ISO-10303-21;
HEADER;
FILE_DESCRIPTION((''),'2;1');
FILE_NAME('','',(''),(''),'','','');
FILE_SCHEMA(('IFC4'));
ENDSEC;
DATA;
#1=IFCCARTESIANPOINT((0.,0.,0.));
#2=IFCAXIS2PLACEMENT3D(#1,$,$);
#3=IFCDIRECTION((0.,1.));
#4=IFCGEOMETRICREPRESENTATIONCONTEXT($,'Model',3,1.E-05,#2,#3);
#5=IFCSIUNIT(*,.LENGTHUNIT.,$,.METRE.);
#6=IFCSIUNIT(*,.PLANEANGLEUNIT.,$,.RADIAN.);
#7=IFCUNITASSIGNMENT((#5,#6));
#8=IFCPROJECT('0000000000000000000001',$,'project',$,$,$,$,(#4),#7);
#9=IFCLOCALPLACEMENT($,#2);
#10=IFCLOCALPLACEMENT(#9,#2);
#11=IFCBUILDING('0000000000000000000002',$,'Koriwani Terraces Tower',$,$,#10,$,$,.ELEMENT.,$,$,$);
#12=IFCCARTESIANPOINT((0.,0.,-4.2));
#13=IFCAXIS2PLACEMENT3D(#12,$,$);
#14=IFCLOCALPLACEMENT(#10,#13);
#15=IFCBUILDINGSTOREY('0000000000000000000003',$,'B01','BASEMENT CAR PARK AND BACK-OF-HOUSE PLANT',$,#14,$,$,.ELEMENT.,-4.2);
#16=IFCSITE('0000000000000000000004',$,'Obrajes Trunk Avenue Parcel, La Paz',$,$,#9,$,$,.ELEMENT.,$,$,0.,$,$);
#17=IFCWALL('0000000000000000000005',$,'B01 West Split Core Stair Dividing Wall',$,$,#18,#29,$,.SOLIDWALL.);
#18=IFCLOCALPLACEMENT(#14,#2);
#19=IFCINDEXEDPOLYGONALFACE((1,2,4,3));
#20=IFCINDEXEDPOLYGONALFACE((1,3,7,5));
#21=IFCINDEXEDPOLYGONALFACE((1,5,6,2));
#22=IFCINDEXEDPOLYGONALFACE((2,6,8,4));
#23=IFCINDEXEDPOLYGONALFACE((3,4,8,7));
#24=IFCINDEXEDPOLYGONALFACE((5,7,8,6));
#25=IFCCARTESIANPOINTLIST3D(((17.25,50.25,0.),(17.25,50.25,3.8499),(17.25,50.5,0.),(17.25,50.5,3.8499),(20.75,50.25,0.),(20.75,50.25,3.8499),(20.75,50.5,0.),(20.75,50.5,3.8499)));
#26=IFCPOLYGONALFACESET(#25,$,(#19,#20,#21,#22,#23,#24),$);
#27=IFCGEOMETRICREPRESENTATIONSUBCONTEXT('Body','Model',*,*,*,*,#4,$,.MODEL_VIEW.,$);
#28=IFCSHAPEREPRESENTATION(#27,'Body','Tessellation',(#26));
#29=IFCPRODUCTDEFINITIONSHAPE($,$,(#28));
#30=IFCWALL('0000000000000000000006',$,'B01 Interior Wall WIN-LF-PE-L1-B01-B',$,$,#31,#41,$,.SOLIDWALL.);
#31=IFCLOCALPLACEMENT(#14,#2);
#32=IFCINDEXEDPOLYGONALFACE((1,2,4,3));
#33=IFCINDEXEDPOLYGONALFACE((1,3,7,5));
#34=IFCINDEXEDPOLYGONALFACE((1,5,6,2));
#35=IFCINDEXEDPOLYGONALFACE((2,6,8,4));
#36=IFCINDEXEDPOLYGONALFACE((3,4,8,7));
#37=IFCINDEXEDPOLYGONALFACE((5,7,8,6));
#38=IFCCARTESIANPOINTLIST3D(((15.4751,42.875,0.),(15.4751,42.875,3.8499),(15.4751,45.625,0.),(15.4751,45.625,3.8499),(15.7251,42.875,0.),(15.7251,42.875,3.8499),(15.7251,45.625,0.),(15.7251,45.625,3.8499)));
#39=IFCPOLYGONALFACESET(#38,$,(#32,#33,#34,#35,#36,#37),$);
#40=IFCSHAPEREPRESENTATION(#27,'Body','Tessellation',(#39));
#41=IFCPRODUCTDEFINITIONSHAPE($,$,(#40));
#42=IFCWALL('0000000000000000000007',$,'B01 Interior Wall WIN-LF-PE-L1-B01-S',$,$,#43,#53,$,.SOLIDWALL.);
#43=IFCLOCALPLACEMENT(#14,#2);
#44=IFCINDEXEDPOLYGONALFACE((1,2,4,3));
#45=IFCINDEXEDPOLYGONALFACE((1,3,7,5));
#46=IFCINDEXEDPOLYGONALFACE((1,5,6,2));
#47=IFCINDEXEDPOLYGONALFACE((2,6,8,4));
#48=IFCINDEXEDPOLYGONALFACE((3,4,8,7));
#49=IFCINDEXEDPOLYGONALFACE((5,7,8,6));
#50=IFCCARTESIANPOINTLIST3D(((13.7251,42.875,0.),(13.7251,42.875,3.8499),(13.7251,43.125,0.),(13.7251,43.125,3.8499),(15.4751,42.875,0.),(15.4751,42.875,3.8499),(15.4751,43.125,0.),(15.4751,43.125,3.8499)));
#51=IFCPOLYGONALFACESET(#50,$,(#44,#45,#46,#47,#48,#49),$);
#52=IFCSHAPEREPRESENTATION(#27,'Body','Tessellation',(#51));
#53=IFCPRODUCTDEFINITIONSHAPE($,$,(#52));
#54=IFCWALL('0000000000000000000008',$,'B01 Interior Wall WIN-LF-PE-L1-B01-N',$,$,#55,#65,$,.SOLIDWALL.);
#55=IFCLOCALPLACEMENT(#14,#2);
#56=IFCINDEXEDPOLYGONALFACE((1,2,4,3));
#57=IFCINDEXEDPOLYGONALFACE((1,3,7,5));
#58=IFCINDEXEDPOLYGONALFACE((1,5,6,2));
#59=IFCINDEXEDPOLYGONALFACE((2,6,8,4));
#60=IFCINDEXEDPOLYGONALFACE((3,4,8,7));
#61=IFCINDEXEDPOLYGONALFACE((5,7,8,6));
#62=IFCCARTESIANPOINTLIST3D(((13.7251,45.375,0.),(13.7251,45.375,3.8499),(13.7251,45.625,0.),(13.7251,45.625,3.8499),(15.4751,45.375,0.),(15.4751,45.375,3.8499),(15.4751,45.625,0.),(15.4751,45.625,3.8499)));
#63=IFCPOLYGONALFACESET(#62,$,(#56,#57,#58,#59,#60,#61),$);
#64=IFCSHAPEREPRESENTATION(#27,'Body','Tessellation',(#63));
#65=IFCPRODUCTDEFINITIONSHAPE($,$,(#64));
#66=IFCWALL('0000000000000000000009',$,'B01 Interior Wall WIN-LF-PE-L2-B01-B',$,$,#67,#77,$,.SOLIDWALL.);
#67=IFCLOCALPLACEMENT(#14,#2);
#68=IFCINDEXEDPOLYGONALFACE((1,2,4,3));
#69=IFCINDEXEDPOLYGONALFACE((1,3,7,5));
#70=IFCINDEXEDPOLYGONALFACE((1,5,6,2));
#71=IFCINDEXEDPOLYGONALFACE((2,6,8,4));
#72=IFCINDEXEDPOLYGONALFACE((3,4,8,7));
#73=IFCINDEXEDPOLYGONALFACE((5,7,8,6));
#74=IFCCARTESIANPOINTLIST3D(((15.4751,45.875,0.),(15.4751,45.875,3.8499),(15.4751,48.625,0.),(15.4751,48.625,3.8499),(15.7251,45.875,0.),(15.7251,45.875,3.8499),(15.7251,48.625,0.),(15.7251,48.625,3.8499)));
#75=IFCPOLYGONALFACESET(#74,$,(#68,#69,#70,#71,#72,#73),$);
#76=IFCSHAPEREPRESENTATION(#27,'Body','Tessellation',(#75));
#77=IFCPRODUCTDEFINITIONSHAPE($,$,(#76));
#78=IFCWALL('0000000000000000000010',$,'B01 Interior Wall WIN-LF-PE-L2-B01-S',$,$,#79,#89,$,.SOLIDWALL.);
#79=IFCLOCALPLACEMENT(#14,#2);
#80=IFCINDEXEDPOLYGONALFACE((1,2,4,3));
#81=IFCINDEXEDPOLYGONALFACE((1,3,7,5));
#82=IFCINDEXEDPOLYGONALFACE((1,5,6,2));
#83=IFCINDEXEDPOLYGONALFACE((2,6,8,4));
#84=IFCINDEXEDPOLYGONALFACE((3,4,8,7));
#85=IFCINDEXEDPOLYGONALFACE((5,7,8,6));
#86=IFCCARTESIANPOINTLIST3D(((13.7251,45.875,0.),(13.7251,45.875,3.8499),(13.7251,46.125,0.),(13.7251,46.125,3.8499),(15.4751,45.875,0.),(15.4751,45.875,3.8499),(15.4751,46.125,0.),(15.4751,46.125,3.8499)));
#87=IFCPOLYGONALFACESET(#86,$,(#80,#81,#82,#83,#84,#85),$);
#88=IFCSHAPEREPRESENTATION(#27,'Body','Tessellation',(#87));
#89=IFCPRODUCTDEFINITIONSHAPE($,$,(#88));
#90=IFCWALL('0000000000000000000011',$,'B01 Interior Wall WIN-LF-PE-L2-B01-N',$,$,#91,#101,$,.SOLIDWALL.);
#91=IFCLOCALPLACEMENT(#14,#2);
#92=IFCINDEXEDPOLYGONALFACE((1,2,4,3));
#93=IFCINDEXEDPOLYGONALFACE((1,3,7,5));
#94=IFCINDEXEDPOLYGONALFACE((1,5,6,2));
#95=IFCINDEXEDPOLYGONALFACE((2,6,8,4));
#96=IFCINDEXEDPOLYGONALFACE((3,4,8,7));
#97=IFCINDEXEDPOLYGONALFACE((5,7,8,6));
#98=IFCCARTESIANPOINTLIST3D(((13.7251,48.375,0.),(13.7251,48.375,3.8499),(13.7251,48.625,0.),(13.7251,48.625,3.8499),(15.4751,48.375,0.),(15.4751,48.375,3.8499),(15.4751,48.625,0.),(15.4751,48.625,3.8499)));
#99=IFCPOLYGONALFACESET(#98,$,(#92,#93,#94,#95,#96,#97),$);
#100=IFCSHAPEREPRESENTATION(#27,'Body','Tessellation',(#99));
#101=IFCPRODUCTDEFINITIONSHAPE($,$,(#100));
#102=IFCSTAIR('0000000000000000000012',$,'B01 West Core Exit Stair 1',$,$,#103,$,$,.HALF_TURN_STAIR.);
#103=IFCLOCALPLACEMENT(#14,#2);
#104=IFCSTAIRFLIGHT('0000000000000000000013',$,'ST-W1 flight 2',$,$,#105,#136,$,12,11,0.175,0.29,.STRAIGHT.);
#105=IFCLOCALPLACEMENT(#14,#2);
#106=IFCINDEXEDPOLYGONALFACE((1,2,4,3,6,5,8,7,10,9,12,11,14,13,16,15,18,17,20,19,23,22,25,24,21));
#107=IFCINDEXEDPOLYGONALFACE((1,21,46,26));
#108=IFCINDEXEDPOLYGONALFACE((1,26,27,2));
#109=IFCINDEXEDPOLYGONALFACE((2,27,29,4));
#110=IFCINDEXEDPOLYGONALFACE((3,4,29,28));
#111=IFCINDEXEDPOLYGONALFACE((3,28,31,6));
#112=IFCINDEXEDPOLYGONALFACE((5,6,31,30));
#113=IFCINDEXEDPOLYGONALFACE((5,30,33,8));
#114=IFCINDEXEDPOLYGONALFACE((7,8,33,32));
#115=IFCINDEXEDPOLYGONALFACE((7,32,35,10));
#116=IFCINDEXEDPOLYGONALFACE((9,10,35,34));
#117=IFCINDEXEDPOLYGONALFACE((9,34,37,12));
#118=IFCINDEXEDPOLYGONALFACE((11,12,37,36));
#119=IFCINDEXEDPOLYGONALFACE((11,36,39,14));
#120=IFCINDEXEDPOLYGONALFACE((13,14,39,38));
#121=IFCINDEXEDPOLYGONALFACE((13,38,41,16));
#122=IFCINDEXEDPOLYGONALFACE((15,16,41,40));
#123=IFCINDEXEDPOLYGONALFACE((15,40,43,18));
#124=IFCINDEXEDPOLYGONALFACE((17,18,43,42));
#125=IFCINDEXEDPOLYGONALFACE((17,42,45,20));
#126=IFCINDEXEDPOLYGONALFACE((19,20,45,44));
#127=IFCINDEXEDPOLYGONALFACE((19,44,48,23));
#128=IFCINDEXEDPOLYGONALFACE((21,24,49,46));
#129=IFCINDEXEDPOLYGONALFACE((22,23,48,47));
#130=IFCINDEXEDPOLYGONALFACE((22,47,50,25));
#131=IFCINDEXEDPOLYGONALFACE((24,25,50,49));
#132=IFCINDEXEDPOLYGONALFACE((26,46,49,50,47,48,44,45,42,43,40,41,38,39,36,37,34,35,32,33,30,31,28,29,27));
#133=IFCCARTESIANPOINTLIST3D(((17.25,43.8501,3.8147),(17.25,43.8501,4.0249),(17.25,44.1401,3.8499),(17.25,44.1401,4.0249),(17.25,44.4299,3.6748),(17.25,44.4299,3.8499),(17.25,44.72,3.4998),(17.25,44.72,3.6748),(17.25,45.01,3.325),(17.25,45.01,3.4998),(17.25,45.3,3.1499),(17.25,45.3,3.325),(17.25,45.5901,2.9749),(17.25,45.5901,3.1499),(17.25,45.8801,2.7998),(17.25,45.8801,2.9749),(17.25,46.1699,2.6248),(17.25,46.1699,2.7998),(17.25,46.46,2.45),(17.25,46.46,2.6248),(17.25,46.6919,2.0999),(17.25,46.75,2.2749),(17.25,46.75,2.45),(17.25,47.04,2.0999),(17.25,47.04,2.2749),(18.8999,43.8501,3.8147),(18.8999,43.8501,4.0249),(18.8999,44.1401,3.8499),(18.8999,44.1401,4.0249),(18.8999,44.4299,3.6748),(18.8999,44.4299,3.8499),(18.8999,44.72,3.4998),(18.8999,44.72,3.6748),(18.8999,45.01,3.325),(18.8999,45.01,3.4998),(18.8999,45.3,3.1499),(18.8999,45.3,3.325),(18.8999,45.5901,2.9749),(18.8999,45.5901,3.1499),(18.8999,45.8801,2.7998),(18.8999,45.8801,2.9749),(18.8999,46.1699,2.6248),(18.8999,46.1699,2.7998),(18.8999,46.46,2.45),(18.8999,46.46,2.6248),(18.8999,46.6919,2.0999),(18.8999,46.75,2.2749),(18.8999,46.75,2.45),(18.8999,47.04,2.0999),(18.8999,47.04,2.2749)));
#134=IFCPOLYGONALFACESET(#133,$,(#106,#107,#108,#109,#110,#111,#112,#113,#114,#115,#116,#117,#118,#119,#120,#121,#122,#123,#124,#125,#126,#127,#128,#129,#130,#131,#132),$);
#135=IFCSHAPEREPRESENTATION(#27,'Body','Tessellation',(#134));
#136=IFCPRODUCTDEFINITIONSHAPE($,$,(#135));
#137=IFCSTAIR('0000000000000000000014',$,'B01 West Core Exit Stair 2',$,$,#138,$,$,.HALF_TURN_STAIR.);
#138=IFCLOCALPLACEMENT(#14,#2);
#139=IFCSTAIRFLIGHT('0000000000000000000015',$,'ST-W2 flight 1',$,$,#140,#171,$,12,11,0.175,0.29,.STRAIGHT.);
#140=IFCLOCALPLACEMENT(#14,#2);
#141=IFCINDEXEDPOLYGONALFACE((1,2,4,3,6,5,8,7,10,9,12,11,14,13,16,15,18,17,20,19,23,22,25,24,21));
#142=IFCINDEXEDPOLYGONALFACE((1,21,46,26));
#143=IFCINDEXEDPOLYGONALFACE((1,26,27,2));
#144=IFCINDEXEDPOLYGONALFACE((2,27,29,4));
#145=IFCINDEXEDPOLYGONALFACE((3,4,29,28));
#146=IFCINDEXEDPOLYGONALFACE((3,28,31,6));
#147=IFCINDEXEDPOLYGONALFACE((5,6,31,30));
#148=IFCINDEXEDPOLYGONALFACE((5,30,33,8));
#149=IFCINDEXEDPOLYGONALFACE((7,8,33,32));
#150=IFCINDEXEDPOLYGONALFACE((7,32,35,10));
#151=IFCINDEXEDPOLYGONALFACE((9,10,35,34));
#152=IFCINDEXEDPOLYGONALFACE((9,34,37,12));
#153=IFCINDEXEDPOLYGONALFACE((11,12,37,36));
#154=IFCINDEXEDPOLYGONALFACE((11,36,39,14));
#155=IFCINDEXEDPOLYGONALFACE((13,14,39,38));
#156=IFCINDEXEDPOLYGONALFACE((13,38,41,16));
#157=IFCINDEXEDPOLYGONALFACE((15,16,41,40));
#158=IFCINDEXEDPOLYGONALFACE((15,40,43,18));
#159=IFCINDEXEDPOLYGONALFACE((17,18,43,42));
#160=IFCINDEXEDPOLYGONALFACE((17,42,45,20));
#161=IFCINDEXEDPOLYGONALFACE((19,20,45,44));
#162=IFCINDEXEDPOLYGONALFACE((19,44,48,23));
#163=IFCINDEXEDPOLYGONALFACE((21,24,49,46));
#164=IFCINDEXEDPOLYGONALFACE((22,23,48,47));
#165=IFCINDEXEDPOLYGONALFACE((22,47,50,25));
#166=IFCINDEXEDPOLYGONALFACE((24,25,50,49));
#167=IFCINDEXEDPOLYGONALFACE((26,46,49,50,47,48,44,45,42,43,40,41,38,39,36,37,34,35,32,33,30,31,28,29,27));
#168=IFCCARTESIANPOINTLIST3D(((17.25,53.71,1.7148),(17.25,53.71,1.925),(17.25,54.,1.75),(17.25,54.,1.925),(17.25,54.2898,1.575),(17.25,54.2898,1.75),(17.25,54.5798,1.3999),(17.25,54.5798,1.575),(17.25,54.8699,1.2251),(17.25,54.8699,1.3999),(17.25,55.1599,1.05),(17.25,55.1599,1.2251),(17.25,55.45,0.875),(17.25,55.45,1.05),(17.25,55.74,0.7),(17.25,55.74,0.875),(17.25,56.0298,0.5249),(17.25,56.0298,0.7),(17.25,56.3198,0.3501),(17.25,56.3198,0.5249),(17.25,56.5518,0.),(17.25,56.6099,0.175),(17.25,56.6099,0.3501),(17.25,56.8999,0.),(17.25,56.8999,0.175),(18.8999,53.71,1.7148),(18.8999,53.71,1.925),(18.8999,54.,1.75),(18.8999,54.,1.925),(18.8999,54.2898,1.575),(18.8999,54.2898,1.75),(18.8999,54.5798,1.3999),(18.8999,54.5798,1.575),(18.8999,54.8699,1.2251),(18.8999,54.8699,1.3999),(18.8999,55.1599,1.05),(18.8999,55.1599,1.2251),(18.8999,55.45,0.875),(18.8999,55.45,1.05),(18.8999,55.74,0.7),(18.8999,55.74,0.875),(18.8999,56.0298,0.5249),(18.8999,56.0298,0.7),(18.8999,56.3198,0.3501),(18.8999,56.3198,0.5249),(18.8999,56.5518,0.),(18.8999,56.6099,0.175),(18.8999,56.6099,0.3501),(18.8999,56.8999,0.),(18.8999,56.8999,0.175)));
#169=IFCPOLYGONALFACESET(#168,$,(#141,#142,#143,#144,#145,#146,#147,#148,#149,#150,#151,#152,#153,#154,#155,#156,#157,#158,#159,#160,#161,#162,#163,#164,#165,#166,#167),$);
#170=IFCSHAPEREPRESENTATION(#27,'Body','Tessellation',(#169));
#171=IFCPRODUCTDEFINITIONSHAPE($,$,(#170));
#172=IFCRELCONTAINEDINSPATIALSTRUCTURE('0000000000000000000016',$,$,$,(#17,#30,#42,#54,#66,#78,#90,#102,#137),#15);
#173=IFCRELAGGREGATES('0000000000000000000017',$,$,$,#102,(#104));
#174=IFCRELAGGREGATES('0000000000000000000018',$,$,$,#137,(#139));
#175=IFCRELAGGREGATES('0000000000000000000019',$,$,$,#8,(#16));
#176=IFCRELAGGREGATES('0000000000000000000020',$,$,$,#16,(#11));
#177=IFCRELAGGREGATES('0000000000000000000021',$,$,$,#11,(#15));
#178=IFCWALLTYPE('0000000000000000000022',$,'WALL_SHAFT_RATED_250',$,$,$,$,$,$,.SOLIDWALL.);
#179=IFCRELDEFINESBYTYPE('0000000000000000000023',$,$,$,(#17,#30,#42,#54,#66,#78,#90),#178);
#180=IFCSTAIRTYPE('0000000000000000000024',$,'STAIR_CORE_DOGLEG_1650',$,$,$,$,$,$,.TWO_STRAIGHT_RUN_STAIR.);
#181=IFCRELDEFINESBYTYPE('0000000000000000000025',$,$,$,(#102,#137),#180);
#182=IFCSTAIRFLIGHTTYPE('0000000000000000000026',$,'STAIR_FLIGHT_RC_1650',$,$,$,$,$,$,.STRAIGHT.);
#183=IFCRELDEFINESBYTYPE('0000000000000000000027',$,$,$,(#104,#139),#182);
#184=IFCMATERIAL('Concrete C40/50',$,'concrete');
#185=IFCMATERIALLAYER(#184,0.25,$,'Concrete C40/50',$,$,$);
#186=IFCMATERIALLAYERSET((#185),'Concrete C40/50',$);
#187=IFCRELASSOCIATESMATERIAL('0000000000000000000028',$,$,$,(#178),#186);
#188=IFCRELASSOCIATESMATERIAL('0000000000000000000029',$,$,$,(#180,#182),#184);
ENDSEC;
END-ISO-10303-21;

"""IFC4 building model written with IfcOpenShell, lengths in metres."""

from ifc_helpers import new_model, si_unit, direction, frame, frame_2d, origin, place, context, subcontext, project, spatial, polyline, rectangle, outline, extrude, material, layer, layer_set, type_object, element, aggregate, save


model = new_model("IFC4")

# Units and contexts
model_context = context("Model", 3, precision=1e-05, world=origin(), true_north=direction((0.0, 1.0)))
body_context = subcontext(model_context, "Body", "Model", "MODEL_VIEW")
ifc_project = project(units=[si_unit("LENGTHUNIT", "METRE"), si_unit("PLANEANGLEUNIT", "RADIAN")], contexts=[model_context])

# Site, building, storey
site_placement = place(None, origin())
site = spatial("IfcSite", under=ifc_project, at=site_placement, Name="Obrajes Trunk Avenue Parcel, La Paz", CompositionType="ELEMENT", RefElevation=0.0)
building_placement = place(site_placement, origin())
building = spatial("IfcBuilding", under=site, at=building_placement, Name="Koriwani Terraces Tower", CompositionType="ELEMENT")
storey_placement = place(building_placement, frame((0.0, 0.0, -4.2)))
storey = spatial("IfcBuildingStorey", under=building, at=storey_placement, Name="B01", Description="BASEMENT CAR PARK AND BACK-OF-HOUSE PLANT", CompositionType="ELEMENT", Elevation=-4.2)

# Shared definitions
ifc_material_1 = material(Name="Concrete C40/50", Category="concrete")

# Wall
ifc_layer_1 = layer(ifc_material_1, 0.25, Name="Concrete C40/50")
ifc_layer_set_1 = layer_set([ifc_layer_1], Name="Concrete C40/50")
wall_type_1 = type_object("IfcWallType", Name="WALL_SHAFT_RATED_250", PredefinedType="SOLIDWALL", material=ifc_layer_set_1)
wall_1_placement = place(storey_placement, frame((17.25, 50.375, 0.0), z_axis=(0.0, 0.0, 1.0), x_axis=(1.0, 0.0, 0.0)))
element("IfcWall", 1, at=wall_1_placement, inside=storey, type_object=wall_type_1, Name="B01 West Split Core Stair Dividing Wall", PredefinedType="SOLIDWALL", context=body_context, shape_type="SweptSolid", body=[
    extrude(rectangle(XDim=3.5, YDim=0.25, at=frame_2d((1.75, 0.0))), origin(), (0.0, 0.0, 1.0), 3.8499),
])

# Walls
wall_2_placement = place(storey_placement, frame((15.6001, 42.875, 0.0), z_axis=(0.0, 0.0, 1.0), x_axis=(0.0, 1.0, 0.0)))
element("IfcWall", 2, at=wall_2_placement, inside=storey, type_object=wall_type_1, Name="B01 Interior Wall WIN-LF-PE-L1-B01-B", PredefinedType="SOLIDWALL", context=body_context, shape_type="SweptSolid", body=[
    extrude(rectangle(XDim=2.75, YDim=0.25, at=frame_2d((1.375, 0.0))), origin(), (0.0, 0.0, 1.0), 3.8499),
])
for number, where, z_axis, x_axis, name in (
    (3, (13.7251, 43.0, 0.0), (0.0, 0.0, 1.0), (1.0, 0.0, 0.0), "B01 Interior Wall WIN-LF-PE-L1-B01-S"),
    (4, (13.7251, 45.5, 0.0), (0.0, 0.0, 1.0), (1.0, 0.0, 0.0), "B01 Interior Wall WIN-LF-PE-L1-B01-N"),
):
    element("IfcWall", number, at=place(storey_placement, frame(where, z_axis=z_axis, x_axis=x_axis)), inside=storey, type_object=wall_type_1, Name=name, PredefinedType="SOLIDWALL", context=body_context, shape_type="SweptSolid", body=[
        extrude(rectangle(XDim=1.75, YDim=0.25, at=frame_2d((0.875, 0.0))), origin(), (0.0, 0.0, 1.0), 3.8499),
    ])

# Walls
wall_3_placement = place(storey_placement, frame((15.6001, 45.875, 0.0), z_axis=(0.0, 0.0, 1.0), x_axis=(0.0, 1.0, 0.0)))
element("IfcWall", 5, at=wall_3_placement, inside=storey, type_object=wall_type_1, Name="B01 Interior Wall WIN-LF-PE-L2-B01-B", PredefinedType="SOLIDWALL", context=body_context, shape_type="SweptSolid", body=[
    extrude(rectangle(XDim=2.75, YDim=0.25, at=frame_2d((1.375, 0.0))), origin(), (0.0, 0.0, 1.0), 3.8499),
])
for number, where, z_axis, x_axis, name in (
    (6, (13.7251, 46.0, 0.0), (0.0, 0.0, 1.0), (1.0, 0.0, 0.0), "B01 Interior Wall WIN-LF-PE-L2-B01-S"),
    (7, (13.7251, 48.5, 0.0), (0.0, 0.0, 1.0), (1.0, 0.0, 0.0), "B01 Interior Wall WIN-LF-PE-L2-B01-N"),
):
    element("IfcWall", number, at=place(storey_placement, frame(where, z_axis=z_axis, x_axis=x_axis)), inside=storey, type_object=wall_type_1, Name=name, PredefinedType="SOLIDWALL", context=body_context, shape_type="SweptSolid", body=[
        extrude(rectangle(XDim=1.75, YDim=0.25, at=frame_2d((0.875, 0.0))), origin(), (0.0, 0.0, 1.0), 3.8499),
    ])

# Stairs, stair flights
stair_type = type_object("IfcStairType", Name="STAIR_CORE_DOGLEG_1650", PredefinedType="TWO_STRAIGHT_RUN_STAIR", material=ifc_material_1)
stair_1_placement = place(storey_placement, origin())
stair_1 = element("IfcStair", 8, at=stair_1_placement, inside=storey, type_object=stair_type, Name="B01 West Core Exit Stair 1", PredefinedType="HALF_TURN_STAIR")
stair_flight_type = type_object("IfcStairFlightType", Name="STAIR_FLIGHT_RC_1650", PredefinedType="STRAIGHT", material=ifc_material_1)
stair_flight_1_placement = place(storey_placement, frame((18.075, 47.04, 2.0999), z_axis=(0.0, 0.0, 1.0), x_axis=(0.0, -1.0, 0.0)))
stair_flight_1 = element("IfcStairFlight", 9, at=stair_flight_1_placement, type_object=stair_flight_type, Name="ST-W1 flight 2", NumberOfRisers=12, NumberOfTreads=11, PredefinedType="STRAIGHT", RiserHeight=0.175, TreadLength=0.29, context=body_context, shape_type="SweptSolid", body=[
    extrude(outline(polyline([(0.0, 0.0), (0.0, 0.175), (0.29, 0.175), (0.29, 0.3501), (0.5801, 0.3501), (0.5801, 0.5249), (0.8701, 0.5249), (0.8701, 0.7), (1.1599, 0.7), (1.1599, 0.875), (1.45, 0.875), (1.45, 1.05), (1.74, 1.05), (1.74, 1.2251), (2.03, 1.2251), (2.03, 1.3999), (2.3201, 1.3999), (2.3201, 1.575), (2.6101, 1.575), (2.6101, 1.75), (2.8999, 1.75), (2.8999, 1.925), (3.1899, 1.925), (3.1899, 2.1001), (3.1899, 1.7148), (0.3481, 0.0), (0.0, 0.0)])), frame((0.0, 0.825, 0.0), z_axis=(0.0, -1.0, 0.0), x_axis=(1.0, 0.0, 0.0)), (0.0, 0.0, 1.0), 1.6499),
])
aggregate(stair_1, [stair_flight_1])
stair_2_placement = place(storey_placement, origin())
stair_2 = element("IfcStair", 10, at=stair_2_placement, inside=storey, type_object=stair_type, Name="B01 West Core Exit Stair 2", PredefinedType="HALF_TURN_STAIR")
stair_flight_2_placement = place(storey_placement, frame((18.075, 56.8999, 0.0), z_axis=(0.0, 0.0, 1.0), x_axis=(0.0, -1.0, 0.0)))
stair_flight_2 = element("IfcStairFlight", 11, at=stair_flight_2_placement, type_object=stair_flight_type, Name="ST-W2 flight 1", NumberOfRisers=12, NumberOfTreads=11, PredefinedType="STRAIGHT", RiserHeight=0.175, TreadLength=0.29, context=body_context, shape_type="SweptSolid", body=[
    extrude(outline(polyline([(0.0, 0.0), (0.0, 0.175), (0.29, 0.175), (0.29, 0.3501), (0.5801, 0.3501), (0.5801, 0.5249), (0.8701, 0.5249), (0.8701, 0.7), (1.1599, 0.7), (1.1599, 0.875), (1.45, 0.875), (1.45, 1.05), (1.74, 1.05), (1.74, 1.2251), (2.03, 1.2251), (2.03, 1.3999), (2.3201, 1.3999), (2.3201, 1.575), (2.6101, 1.575), (2.6101, 1.75), (2.8999, 1.75), (2.8999, 1.925), (3.1899, 1.925), (3.1899, 2.1001), (3.1899, 1.7148), (0.3481, 0.0), (0.0, 0.0)])), frame((0.0, 0.825, 0.0), z_axis=(0.0, -1.0, 0.0), x_axis=(1.0, 0.0, 0.0)), (0.0, 0.0, 1.0), 1.6499),
])
aggregate(stair_2, [stair_flight_2])

save(model, "model.ifc")
